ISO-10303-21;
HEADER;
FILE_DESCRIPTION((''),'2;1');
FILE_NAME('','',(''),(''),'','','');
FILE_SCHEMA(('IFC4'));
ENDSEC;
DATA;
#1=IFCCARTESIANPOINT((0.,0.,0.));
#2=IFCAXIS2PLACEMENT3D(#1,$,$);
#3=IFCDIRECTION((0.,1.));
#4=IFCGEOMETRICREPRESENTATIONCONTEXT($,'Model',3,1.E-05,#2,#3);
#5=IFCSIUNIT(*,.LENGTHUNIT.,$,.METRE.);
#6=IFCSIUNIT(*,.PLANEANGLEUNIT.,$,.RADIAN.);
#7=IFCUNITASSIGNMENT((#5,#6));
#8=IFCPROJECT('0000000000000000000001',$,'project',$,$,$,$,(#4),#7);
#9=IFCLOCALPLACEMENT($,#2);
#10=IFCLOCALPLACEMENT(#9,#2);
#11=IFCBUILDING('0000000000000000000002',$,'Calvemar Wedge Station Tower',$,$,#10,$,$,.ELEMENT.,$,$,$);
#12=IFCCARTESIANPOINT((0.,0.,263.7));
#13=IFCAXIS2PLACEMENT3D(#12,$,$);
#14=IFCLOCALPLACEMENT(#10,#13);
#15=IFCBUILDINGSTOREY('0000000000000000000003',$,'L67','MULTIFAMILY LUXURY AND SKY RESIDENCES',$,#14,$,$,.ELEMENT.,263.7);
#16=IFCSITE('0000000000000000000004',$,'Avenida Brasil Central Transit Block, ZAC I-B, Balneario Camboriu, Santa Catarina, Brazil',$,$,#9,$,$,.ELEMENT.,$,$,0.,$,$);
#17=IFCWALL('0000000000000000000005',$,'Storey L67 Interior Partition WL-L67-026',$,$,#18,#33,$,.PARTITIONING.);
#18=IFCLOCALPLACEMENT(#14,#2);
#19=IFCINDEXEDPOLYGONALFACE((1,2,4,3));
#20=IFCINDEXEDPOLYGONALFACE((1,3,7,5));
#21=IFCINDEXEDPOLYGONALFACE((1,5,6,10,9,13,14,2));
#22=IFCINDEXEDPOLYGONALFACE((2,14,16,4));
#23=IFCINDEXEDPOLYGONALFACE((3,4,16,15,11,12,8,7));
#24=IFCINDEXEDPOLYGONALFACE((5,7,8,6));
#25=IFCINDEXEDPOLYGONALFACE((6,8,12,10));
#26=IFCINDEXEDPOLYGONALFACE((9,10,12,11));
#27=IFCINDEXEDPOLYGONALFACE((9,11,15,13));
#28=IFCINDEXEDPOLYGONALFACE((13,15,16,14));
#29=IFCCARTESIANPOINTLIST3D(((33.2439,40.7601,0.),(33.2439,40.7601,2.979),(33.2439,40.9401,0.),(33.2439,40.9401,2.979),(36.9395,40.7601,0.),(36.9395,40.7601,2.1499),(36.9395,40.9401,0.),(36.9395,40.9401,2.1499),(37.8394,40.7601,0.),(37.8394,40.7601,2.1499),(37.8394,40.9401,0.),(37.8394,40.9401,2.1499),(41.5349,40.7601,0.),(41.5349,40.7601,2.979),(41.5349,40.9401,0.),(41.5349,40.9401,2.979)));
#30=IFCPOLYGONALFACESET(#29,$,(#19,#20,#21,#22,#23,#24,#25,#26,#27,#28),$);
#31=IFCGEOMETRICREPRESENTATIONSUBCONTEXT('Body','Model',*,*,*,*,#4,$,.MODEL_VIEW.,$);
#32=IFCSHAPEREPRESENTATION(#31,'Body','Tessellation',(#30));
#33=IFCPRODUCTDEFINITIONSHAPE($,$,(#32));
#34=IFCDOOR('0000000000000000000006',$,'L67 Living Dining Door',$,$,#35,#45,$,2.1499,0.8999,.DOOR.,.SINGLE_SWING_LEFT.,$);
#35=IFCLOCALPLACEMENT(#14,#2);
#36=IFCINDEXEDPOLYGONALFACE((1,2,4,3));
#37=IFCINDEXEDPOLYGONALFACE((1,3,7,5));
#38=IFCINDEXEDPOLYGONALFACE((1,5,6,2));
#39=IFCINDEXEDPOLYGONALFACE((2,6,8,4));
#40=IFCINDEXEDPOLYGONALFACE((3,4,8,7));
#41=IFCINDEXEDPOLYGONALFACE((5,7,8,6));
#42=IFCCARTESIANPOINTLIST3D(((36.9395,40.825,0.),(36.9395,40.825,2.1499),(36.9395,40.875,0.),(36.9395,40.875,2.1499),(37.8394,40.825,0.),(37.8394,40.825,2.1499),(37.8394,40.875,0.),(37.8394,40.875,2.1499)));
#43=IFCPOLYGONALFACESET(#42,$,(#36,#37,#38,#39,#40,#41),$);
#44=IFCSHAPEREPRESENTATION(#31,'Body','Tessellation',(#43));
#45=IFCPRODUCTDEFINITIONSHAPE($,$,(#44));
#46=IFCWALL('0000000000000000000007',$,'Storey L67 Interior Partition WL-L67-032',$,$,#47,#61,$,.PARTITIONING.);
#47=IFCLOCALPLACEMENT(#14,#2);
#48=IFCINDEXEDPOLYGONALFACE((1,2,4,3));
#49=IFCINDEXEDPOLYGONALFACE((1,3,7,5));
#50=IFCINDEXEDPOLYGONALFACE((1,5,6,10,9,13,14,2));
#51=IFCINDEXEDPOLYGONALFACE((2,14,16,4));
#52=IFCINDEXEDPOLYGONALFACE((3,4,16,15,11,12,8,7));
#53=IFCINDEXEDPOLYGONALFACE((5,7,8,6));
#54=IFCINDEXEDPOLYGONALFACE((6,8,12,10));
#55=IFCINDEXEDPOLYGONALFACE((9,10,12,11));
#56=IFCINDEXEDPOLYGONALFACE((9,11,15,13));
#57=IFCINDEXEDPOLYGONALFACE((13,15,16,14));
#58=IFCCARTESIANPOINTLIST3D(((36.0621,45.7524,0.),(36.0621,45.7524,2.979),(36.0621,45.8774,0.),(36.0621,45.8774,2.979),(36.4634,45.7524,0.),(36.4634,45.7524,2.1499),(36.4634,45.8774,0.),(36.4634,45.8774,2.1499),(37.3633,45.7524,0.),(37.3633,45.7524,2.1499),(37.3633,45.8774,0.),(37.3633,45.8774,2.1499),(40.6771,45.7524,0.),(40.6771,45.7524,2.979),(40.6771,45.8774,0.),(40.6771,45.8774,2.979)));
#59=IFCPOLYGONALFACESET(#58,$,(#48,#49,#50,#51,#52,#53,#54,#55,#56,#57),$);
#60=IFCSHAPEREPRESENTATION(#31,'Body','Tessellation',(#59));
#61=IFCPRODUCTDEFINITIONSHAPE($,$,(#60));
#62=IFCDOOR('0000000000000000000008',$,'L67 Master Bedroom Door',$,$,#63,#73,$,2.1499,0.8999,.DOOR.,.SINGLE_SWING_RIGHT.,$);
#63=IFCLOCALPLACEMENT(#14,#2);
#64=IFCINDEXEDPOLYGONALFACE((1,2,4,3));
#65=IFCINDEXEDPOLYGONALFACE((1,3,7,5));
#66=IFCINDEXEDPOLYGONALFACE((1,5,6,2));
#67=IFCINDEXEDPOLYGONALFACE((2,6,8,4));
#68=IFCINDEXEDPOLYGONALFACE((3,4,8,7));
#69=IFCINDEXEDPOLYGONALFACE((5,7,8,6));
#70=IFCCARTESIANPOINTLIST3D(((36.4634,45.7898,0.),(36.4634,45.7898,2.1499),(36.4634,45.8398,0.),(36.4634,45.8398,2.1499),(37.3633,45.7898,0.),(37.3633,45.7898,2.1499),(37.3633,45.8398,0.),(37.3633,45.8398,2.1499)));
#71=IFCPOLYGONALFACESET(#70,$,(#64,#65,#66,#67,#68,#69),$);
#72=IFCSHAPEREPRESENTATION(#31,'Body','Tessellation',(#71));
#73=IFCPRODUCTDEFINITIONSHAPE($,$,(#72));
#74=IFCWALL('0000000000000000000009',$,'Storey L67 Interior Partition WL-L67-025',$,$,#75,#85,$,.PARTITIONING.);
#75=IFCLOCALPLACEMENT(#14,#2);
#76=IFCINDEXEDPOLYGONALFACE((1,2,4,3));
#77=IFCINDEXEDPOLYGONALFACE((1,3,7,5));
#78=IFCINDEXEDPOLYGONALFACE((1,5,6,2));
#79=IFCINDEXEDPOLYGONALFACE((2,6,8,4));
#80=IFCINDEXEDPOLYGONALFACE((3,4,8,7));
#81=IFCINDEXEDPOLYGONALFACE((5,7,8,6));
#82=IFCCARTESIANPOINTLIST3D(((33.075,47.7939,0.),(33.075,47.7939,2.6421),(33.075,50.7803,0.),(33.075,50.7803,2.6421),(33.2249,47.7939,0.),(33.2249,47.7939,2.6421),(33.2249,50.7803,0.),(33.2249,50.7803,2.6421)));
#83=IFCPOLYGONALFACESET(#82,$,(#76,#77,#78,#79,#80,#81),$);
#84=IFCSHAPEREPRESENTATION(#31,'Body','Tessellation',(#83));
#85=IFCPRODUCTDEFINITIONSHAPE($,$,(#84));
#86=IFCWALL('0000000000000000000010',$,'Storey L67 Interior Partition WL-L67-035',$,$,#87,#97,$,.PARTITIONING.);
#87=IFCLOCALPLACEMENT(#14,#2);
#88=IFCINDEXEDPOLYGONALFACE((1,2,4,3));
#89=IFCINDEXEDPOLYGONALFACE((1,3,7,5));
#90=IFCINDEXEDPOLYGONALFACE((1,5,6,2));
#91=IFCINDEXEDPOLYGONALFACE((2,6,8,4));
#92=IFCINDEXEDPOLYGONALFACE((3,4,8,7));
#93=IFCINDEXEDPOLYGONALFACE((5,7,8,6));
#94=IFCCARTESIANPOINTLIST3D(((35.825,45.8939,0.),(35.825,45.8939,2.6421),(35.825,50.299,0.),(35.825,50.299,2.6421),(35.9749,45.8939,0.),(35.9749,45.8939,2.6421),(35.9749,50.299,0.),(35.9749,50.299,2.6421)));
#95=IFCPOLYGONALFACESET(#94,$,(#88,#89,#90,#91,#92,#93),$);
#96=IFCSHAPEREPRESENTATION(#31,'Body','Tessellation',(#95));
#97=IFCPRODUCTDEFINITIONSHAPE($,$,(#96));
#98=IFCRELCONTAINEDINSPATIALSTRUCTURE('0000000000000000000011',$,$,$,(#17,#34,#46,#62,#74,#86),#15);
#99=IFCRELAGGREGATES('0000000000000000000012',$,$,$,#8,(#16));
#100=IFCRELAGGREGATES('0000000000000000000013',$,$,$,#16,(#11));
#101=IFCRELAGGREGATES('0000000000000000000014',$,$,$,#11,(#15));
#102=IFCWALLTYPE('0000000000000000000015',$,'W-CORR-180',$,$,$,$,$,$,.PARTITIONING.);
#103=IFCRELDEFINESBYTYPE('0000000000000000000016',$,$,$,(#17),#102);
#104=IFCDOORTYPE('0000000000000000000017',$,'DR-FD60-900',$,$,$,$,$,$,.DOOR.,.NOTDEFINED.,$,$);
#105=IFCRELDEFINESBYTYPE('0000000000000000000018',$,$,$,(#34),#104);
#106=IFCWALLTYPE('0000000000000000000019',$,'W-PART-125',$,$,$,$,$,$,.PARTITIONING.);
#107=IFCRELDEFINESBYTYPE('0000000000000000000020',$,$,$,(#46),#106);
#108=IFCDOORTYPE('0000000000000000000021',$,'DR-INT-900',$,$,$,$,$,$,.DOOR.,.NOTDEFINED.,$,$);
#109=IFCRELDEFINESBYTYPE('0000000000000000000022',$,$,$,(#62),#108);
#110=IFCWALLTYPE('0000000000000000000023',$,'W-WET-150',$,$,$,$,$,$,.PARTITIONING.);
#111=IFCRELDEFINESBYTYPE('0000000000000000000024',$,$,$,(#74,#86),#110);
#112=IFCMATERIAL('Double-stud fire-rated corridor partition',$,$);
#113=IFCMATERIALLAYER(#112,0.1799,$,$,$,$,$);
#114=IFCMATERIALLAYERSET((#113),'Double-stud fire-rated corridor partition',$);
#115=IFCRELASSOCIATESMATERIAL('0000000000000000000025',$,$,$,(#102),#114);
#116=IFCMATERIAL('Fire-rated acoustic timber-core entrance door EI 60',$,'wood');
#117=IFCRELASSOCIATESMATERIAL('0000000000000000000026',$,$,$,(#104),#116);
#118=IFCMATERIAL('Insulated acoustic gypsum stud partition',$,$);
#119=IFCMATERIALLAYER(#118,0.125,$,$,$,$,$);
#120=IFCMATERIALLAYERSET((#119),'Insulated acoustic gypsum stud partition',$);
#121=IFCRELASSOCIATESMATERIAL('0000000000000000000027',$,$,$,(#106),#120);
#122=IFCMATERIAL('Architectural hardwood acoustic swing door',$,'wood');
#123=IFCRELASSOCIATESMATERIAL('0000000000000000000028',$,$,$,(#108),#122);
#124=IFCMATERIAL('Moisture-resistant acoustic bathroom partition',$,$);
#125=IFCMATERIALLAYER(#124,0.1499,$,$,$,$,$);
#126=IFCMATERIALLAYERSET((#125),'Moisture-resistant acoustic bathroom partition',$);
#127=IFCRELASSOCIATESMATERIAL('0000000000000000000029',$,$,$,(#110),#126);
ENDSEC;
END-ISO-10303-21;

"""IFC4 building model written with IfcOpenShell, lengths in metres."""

from ifc_helpers import new_model, si_unit, direction, frame, frame_2d, origin, place, context, subcontext, project, spatial, rectangle, extrude, source, transform, mapped, material, layer, layer_set, type_object, element, fill, save


model = new_model("IFC4")

# Units and contexts
model_context = context("Model", 3, precision=1e-05, world=origin(), true_north=direction((0.0, 1.0)))
body_context = subcontext(model_context, "Body", "Model", "MODEL_VIEW")
ifc_project = project(units=[si_unit("LENGTHUNIT", "METRE"), si_unit("PLANEANGLEUNIT", "RADIAN")], contexts=[model_context])

# Site, building, storey
site_placement = place(None, origin())
site = spatial("IfcSite", under=ifc_project, at=site_placement, Name="Avenida Brasil Central Transit Block, ZAC I-B, Balneario Camboriu, Santa Catarina, Brazil", CompositionType="ELEMENT", RefElevation=0.0)
building_placement = place(site_placement, origin())
building = spatial("IfcBuilding", under=site, at=building_placement, Name="Calvemar Wedge Station Tower", CompositionType="ELEMENT")
storey_placement = place(building_placement, frame((0.0, 0.0, 263.7)))
storey = spatial("IfcBuildingStorey", under=building, at=storey_placement, Name="L67", Description="MULTIFAMILY LUXURY AND SKY RESIDENCES", CompositionType="ELEMENT", Elevation=263.7)

# Shared definitions
ifc_material_1 = material(Name="Double-stud fire-rated corridor partition")
ifc_layer_1 = layer(ifc_material_1, 0.1799)
ifc_layer_set_1 = layer_set([ifc_layer_1], Name="Double-stud fire-rated corridor partition")
wall_type_1 = type_object("IfcWallType", Name="W-CORR-180", PredefinedType="PARTITIONING", material=ifc_layer_set_1)

# Walls, openings, doors
wall_1_placement = place(storey_placement, frame((33.2439, 40.8501, 0.0), z_axis=(0.0, 0.0, 1.0), x_axis=(1.0, 0.0, 0.0)))
wall_1 = element("IfcWall", 1, at=wall_1_placement, inside=storey, type_object=wall_type_1, Name="Storey L67 Interior Partition WL-L67-026", PredefinedType="PARTITIONING", context=body_context, shape_type="SweptSolid", body=[
    extrude(rectangle(XDim=8.291, YDim=0.1799, at=frame_2d((4.1455, 0.0))), origin(), (0.0, 0.0, 1.0), 2.979),
])
shared_shape_1 = source(origin(), body_context, "Body", "SweptSolid", [
    extrude(rectangle(XDim=0.8999, YDim=2.1499, at=frame_2d((0.45, 1.075))), frame((0.0, 0.1001, 0.0), z_axis=(0.0, -1.0, 0.0), x_axis=(1.0, 0.0, 0.0)), (0.0, 0.0, 1.0), 0.2),
])
opening_1_placement = place(wall_1_placement, frame((3.6956, 0.0, 0.0)))
opening_1 = element("IfcOpeningElement", 2, at=opening_1_placement, cuts=wall_1, PredefinedType="OPENING", context=body_context, shape_type="MappedRepresentation", body=[
    mapped(shared_shape_1, transform((0.0, 0.0, 0.0), scale=1.0)),
])
ifc_material_2 = material(Name="Fire-rated acoustic timber-core entrance door EI 60", Category="wood")
door_type_1 = type_object("IfcDoorType", Name="DR-FD60-900", OperationType="NOTDEFINED", PredefinedType="DOOR", material=ifc_material_2)
shared_shape_2 = source(origin(), body_context, "Body", "SweptSolid", [
    extrude(rectangle(XDim=0.8999, YDim=2.1499, at=frame_2d((0.45, 1.075))), frame((0.0, 0.0249, 0.0), z_axis=(0.0, -1.0, 0.0), x_axis=(1.0, 0.0, 0.0)), (0.0, 0.0, 1.0), 0.05),
])
door_1_placement = place(opening_1_placement, origin())
door_1 = element("IfcDoor", 3, at=door_1_placement, inside=storey, type_object=door_type_1, Name="L67 Living Dining Door", OperationType="SINGLE_SWING_LEFT", OverallHeight=2.1499, OverallWidth=0.8999, PredefinedType="DOOR", context=body_context, shape_type="MappedRepresentation", body=[
    mapped(shared_shape_2, transform((0.0, 0.0, 0.0), scale=1.0)),
])
fill(opening_1, door_1)
ifc_material_3 = material(Name="Insulated acoustic gypsum stud partition")
ifc_layer_2 = layer(ifc_material_3, 0.125)
ifc_layer_set_2 = layer_set([ifc_layer_2], Name="Insulated acoustic gypsum stud partition")
wall_type_2 = type_object("IfcWallType", Name="W-PART-125", PredefinedType="PARTITIONING", material=ifc_layer_set_2)
wall_2_placement = place(storey_placement, frame((36.062, 45.8149, 0.0), z_axis=(0.0, 0.0, 1.0), x_axis=(1.0, 0.0, 0.0)))
wall_2 = element("IfcWall", 4, at=wall_2_placement, inside=storey, type_object=wall_type_2, Name="Storey L67 Interior Partition WL-L67-032", PredefinedType="PARTITIONING", context=body_context, shape_type="SweptSolid", body=[
    extrude(rectangle(XDim=4.615, YDim=0.125, at=frame_2d((2.3076, 0.0))), origin(), (0.0, 0.0, 1.0), 2.979),
])
shared_shape_3 = source(origin(), body_context, "Body", "SweptSolid", [
    extrude(rectangle(XDim=0.8999, YDim=2.1499, at=frame_2d((0.45, 1.075))), frame((0.0, 0.0725, 0.0), z_axis=(0.0, -1.0, 0.0), x_axis=(1.0, 0.0, 0.0)), (0.0, 0.0, 1.0), 0.145),
])
opening_2_placement = place(wall_2_placement, frame((0.4014, 0.0, 0.0)))
opening_2 = element("IfcOpeningElement", 5, at=opening_2_placement, cuts=wall_2, PredefinedType="OPENING", context=body_context, shape_type="MappedRepresentation", body=[
    mapped(shared_shape_3, transform((0.0, 0.0, 0.0), scale=1.0)),
])
ifc_material_4 = material(Name="Architectural hardwood acoustic swing door", Category="wood")
door_type_2 = type_object("IfcDoorType", Name="DR-INT-900", OperationType="NOTDEFINED", PredefinedType="DOOR", material=ifc_material_4)
shared_shape_4 = source(origin(), body_context, "Body", "SweptSolid", [
    extrude(rectangle(XDim=0.8999, YDim=2.1499, at=frame_2d((0.45, 1.075))), frame((0.0, 0.0249, 0.0), z_axis=(0.0, -1.0, 0.0), x_axis=(1.0, 0.0, 0.0)), (0.0, 0.0, 1.0), 0.05),
])
door_2_placement = place(opening_2_placement, origin())
door_2 = element("IfcDoor", 6, at=door_2_placement, inside=storey, type_object=door_type_2, Name="L67 Master Bedroom Door", OperationType="SINGLE_SWING_RIGHT", OverallHeight=2.1499, OverallWidth=0.8999, PredefinedType="DOOR", context=body_context, shape_type="MappedRepresentation", body=[
    mapped(shared_shape_4, transform((0.0, 0.0, 0.0), scale=1.0)),
])
fill(opening_2, door_2)

# Wall
ifc_material_5 = material(Name="Moisture-resistant acoustic bathroom partition")
ifc_layer_3 = layer(ifc_material_5, 0.1499)
ifc_layer_set_3 = layer_set([ifc_layer_3], Name="Moisture-resistant acoustic bathroom partition")
wall_type_3 = type_object("IfcWallType", Name="W-WET-150", PredefinedType="PARTITIONING", material=ifc_layer_set_3)
wall_3_placement = place(storey_placement, frame((33.1499, 50.7803, 0.0), z_axis=(0.0, 0.0, 1.0), x_axis=(0.0, -1.0, 0.0)))
element("IfcWall", 7, at=wall_3_placement, inside=storey, type_object=wall_type_3, Name="Storey L67 Interior Partition WL-L67-025", PredefinedType="PARTITIONING", context=body_context, shape_type="SweptSolid", body=[
    extrude(rectangle(XDim=2.9863, YDim=0.1499, at=frame_2d((1.4932, 0.0))), origin(), (0.0, 0.0, 1.0), 2.6421),
])

# Wall
wall_4_placement = place(storey_placement, frame((35.8999, 50.2991, 0.0), z_axis=(0.0, 0.0, 1.0), x_axis=(0.0, -1.0, 0.0)))
element("IfcWall", 8, at=wall_4_placement, inside=storey, type_object=wall_type_3, Name="Storey L67 Interior Partition WL-L67-035", PredefinedType="PARTITIONING", context=body_context, shape_type="SweptSolid", body=[
    extrude(rectangle(XDim=4.405, YDim=0.1499, at=frame_2d((2.2026, 0.0))), origin(), (0.0, 0.0, 1.0), 2.6421),
])

save(model, "model.ifc")
